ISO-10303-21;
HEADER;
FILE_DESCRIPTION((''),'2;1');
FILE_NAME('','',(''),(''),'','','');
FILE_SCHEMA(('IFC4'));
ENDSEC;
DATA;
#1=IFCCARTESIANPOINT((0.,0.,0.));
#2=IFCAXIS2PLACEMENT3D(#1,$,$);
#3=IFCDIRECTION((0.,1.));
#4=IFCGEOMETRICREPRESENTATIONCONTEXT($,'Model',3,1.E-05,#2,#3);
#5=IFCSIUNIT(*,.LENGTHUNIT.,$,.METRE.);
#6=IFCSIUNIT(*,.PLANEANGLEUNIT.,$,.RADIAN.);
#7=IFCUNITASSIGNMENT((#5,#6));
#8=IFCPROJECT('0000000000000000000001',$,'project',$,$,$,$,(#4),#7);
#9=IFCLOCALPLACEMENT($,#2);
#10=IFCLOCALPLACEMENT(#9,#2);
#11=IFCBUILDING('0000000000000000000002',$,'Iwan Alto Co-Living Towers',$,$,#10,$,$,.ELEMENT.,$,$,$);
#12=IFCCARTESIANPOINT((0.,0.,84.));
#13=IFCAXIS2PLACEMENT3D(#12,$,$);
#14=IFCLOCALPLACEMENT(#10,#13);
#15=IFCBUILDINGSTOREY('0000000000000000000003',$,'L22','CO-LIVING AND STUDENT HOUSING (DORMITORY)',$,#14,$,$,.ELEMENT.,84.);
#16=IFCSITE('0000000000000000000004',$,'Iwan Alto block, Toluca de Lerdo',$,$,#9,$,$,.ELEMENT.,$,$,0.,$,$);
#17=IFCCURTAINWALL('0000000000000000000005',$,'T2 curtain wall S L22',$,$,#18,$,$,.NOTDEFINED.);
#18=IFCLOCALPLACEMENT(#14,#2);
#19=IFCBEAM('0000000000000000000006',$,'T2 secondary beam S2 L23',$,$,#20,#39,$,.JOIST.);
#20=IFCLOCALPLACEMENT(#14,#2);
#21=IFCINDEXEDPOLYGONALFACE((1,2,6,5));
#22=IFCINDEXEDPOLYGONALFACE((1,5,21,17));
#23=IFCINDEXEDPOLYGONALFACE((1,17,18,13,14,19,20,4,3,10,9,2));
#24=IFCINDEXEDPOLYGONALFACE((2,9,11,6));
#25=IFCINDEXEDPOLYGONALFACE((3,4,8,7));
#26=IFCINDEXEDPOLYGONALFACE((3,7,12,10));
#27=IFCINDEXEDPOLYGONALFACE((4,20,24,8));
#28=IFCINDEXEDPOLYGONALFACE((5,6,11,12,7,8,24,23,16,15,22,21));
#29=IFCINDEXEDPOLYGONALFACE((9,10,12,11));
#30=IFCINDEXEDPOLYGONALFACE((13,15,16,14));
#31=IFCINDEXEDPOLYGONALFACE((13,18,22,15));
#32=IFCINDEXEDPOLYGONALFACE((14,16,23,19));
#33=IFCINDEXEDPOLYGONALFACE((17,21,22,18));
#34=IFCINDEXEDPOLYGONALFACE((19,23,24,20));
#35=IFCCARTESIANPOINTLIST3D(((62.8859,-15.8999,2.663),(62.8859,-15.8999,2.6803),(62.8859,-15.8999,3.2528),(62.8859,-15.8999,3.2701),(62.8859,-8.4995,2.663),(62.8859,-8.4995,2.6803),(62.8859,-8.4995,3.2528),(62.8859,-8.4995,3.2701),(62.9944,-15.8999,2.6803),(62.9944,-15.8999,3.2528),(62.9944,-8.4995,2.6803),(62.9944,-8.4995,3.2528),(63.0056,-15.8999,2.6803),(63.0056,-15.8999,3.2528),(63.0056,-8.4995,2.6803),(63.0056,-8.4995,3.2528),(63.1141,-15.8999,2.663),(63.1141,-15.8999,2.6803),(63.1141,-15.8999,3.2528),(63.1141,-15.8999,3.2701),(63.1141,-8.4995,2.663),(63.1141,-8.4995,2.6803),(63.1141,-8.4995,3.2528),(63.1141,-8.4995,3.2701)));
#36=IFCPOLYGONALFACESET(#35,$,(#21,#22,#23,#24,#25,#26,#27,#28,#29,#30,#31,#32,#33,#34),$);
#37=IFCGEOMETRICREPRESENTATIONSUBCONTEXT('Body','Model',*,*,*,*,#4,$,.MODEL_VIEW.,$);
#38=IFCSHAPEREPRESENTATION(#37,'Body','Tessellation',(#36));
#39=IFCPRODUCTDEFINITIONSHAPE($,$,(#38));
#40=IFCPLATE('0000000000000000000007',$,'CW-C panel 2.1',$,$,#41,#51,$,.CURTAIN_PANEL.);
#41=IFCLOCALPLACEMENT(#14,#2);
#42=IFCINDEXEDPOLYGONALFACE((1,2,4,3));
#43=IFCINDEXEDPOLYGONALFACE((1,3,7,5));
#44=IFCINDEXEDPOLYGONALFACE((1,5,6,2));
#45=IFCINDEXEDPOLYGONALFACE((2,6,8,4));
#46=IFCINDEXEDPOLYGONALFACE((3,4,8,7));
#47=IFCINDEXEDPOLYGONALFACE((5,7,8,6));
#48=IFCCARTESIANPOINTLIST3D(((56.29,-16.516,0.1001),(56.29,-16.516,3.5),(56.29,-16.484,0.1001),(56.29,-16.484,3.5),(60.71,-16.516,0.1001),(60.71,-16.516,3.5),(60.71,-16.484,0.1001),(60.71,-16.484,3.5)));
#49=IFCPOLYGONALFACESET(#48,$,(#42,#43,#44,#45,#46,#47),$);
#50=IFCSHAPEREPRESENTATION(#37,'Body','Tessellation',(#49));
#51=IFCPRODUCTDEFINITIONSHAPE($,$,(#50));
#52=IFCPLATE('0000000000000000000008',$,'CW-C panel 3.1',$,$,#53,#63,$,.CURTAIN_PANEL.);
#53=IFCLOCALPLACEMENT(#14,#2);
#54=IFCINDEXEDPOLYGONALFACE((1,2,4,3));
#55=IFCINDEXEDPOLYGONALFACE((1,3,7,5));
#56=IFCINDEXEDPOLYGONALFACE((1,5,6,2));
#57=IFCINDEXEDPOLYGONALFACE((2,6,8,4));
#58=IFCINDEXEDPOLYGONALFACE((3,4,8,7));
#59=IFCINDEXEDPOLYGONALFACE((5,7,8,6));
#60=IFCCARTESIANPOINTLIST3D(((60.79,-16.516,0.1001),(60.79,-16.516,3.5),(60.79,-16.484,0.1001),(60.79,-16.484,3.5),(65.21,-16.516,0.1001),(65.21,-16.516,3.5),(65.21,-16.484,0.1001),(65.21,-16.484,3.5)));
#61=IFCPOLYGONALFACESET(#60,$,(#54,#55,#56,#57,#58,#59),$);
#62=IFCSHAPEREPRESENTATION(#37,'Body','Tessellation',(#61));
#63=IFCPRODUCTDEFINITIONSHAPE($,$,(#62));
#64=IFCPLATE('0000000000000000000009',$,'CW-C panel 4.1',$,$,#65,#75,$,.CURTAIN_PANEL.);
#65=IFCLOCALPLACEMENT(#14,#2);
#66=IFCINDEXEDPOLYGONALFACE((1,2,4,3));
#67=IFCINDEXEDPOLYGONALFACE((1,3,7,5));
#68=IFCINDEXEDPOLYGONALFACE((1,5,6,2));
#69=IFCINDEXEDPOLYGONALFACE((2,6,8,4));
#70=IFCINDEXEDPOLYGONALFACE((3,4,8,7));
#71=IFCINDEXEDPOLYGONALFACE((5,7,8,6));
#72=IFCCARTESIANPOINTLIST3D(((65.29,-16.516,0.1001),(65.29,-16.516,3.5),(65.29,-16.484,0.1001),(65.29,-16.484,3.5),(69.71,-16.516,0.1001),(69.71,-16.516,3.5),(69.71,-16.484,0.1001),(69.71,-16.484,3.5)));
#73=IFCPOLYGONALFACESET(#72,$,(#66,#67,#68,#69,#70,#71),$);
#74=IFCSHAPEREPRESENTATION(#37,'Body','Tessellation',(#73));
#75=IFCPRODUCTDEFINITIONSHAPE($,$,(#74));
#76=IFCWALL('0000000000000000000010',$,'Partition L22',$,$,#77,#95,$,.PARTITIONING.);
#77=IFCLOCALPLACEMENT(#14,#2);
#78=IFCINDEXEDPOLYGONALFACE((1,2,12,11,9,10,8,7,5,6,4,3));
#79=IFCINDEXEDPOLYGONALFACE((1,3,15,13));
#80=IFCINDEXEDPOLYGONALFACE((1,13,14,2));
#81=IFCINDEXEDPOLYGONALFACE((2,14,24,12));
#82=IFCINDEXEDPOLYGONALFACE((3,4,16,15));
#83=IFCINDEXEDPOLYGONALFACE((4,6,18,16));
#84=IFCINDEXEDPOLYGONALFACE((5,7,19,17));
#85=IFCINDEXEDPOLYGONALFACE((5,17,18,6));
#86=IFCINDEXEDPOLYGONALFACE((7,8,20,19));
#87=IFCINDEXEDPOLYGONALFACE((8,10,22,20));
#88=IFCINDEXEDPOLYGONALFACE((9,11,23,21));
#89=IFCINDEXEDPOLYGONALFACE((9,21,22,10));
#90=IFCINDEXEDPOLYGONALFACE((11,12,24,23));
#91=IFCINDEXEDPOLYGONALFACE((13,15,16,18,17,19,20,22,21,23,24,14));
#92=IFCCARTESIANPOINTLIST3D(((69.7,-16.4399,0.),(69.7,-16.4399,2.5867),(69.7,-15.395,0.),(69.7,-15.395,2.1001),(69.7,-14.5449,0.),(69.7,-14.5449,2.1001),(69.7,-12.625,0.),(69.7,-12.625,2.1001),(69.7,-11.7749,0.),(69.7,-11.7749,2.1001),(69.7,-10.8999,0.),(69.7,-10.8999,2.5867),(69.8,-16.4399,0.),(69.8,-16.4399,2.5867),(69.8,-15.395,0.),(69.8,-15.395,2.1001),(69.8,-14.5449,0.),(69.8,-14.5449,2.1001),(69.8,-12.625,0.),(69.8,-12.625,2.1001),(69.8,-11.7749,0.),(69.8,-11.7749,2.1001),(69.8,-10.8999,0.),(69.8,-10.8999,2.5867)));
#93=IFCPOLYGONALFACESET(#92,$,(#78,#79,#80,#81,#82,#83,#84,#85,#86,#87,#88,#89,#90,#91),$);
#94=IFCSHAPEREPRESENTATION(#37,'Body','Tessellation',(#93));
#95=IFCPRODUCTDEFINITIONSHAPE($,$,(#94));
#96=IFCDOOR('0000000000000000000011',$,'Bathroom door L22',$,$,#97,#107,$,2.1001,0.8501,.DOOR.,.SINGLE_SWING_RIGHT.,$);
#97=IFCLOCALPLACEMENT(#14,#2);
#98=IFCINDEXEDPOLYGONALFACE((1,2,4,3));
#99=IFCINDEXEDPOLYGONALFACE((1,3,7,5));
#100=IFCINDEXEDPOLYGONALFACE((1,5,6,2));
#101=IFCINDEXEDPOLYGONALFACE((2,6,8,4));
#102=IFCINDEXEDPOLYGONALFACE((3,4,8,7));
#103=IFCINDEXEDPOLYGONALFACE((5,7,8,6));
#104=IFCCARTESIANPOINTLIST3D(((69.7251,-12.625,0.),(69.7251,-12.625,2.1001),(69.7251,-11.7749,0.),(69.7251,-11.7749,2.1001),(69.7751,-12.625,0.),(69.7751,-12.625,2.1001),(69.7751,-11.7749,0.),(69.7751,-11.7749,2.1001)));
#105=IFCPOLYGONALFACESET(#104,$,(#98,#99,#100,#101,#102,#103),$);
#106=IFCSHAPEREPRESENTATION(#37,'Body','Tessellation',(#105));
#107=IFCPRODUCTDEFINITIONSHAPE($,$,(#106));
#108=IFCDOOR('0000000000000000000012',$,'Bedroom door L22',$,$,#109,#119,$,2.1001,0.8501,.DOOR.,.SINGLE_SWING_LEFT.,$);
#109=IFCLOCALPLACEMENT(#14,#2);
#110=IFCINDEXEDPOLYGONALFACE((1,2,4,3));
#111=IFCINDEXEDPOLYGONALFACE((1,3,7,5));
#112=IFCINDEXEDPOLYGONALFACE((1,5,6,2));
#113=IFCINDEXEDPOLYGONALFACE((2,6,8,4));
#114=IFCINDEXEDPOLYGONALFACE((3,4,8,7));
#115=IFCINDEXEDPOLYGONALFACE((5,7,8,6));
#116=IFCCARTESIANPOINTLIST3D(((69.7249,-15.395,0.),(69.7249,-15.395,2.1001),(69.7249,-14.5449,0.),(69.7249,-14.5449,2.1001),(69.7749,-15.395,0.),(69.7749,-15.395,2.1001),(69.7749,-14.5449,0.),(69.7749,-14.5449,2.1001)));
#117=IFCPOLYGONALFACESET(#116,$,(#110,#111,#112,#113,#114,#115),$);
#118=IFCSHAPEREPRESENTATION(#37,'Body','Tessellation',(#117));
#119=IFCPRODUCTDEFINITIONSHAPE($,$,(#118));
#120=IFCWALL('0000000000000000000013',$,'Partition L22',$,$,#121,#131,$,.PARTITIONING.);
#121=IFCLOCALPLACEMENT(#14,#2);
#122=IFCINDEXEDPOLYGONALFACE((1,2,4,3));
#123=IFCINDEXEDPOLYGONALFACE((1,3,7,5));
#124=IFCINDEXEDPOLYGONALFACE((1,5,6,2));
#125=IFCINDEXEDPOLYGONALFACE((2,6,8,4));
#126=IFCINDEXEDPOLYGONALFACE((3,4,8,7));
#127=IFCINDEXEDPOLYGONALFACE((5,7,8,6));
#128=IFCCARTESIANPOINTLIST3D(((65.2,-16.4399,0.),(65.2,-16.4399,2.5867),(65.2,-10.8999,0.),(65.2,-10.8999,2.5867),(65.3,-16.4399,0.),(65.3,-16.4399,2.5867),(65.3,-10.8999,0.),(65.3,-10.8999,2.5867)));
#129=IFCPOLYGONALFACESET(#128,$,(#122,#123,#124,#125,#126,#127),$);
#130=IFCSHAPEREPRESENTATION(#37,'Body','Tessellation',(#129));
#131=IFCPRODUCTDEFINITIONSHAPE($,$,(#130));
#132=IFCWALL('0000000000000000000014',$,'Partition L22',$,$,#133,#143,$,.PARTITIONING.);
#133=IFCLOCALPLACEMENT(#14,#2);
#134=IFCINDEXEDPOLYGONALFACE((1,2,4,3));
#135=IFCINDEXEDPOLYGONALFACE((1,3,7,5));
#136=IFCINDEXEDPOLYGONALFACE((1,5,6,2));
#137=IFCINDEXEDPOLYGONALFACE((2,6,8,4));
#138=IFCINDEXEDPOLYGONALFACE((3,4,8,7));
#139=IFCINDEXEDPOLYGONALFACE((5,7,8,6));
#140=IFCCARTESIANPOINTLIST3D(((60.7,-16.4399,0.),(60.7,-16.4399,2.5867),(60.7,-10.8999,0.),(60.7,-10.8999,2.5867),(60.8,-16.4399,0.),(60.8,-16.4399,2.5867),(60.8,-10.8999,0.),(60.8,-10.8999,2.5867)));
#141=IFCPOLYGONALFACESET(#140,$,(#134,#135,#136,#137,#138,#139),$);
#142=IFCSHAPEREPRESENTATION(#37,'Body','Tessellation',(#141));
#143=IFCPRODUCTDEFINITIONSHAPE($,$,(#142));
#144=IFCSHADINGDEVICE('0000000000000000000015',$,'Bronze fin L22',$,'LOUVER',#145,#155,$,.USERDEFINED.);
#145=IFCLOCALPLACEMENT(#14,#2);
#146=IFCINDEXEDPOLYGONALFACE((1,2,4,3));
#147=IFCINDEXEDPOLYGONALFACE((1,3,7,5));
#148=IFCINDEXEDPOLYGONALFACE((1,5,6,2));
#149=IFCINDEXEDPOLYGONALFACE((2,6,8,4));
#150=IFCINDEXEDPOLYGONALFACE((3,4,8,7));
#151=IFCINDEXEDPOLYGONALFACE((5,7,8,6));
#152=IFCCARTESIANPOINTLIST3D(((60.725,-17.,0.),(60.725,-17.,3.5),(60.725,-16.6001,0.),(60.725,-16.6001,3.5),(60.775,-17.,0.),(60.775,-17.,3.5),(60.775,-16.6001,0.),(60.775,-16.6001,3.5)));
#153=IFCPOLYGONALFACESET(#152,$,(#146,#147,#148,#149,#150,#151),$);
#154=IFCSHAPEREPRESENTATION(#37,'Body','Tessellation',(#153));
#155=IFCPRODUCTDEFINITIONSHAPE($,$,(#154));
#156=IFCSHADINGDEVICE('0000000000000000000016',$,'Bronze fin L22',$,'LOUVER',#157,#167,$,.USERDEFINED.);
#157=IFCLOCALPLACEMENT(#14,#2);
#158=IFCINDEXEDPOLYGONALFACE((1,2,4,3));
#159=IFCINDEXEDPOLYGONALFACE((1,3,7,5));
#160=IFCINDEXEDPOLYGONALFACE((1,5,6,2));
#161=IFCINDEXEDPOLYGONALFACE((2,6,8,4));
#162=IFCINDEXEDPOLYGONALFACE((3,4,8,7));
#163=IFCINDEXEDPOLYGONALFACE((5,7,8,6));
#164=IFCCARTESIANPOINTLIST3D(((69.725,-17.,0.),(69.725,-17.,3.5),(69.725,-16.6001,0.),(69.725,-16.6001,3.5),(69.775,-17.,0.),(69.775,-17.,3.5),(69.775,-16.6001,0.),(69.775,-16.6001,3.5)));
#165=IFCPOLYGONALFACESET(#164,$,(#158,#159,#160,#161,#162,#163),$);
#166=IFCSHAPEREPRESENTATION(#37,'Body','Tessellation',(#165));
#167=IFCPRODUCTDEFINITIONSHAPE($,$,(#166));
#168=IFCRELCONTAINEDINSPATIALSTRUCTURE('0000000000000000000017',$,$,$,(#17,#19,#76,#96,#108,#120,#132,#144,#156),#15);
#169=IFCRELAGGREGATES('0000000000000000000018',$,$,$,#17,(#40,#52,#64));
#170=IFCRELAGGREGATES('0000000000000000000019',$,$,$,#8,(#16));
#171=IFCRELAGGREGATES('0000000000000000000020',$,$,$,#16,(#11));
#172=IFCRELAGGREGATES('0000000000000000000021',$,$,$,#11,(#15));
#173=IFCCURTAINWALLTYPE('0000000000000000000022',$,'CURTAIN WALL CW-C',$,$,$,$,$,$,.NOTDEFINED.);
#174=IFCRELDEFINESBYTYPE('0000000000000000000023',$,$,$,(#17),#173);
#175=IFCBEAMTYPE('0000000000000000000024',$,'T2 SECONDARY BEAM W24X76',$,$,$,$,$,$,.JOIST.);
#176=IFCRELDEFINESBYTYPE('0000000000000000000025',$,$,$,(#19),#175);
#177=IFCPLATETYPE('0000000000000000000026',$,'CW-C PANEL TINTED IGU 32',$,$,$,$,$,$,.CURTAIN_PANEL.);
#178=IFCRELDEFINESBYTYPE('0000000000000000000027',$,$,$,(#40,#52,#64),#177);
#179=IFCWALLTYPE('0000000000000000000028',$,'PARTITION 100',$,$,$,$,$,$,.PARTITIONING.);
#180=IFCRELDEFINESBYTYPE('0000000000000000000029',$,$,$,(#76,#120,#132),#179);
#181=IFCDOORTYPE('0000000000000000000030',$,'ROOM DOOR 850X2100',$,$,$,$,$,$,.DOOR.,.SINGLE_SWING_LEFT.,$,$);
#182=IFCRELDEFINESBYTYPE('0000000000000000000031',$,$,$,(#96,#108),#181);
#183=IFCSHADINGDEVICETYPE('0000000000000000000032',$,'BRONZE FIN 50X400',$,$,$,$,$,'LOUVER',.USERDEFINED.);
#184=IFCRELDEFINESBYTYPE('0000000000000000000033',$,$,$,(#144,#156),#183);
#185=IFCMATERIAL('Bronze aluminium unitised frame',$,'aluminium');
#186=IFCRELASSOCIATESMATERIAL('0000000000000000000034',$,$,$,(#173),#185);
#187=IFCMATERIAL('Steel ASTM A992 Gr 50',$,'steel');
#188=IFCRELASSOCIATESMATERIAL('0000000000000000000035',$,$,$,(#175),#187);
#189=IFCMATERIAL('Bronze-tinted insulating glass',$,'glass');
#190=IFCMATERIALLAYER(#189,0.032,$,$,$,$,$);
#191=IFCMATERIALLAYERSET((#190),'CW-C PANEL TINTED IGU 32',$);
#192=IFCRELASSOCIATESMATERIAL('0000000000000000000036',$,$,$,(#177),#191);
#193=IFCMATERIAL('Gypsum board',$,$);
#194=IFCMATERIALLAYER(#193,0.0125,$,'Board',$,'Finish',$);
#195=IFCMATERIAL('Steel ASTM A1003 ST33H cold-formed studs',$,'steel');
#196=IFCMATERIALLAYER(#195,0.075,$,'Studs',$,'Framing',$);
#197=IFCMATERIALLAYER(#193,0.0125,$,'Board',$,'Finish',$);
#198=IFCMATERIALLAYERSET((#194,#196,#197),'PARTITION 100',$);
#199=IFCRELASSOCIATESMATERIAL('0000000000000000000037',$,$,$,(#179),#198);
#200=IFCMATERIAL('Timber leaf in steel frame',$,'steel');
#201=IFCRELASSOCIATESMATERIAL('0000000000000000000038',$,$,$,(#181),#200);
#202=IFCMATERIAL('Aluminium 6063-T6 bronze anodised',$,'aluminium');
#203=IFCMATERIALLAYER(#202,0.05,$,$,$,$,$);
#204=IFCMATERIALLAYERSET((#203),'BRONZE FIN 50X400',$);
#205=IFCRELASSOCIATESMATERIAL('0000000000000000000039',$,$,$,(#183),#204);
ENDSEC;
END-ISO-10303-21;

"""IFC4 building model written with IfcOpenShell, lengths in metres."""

from ifc_helpers import new_model, si_unit, direction, frame, frame_2d, origin, origin_2d, place, context, subcontext, project, spatial, rectangle, i_section, extrude, material, layer, layer_set, material_profile, profile_set, type_object, element, fill, aggregate, save


model = new_model("IFC4")

# Units and contexts
model_context = context("Model", 3, precision=1e-05, world=origin(), true_north=direction((0.0, 1.0)))
body_context = subcontext(model_context, "Body", "Model", "MODEL_VIEW")
ifc_project = project(units=[si_unit("LENGTHUNIT", "METRE"), si_unit("PLANEANGLEUNIT", "RADIAN")], contexts=[model_context])

# Site, building, storey
site_placement = place(None, origin())
site = spatial("IfcSite", under=ifc_project, at=site_placement, Name="Iwan Alto block, Toluca de Lerdo", CompositionType="ELEMENT", RefElevation=0.0)
building_placement = place(site_placement, origin())
building = spatial("IfcBuilding", under=site, at=building_placement, Name="Iwan Alto Co-Living Towers", CompositionType="ELEMENT")
storey_placement = place(building_placement, frame((0.0, 0.0, 84.0)))
storey = spatial("IfcBuildingStorey", under=building, at=storey_placement, Name="L22", Description="CO-LIVING AND STUDENT HOUSING (DORMITORY)", CompositionType="ELEMENT", Elevation=84.0)

# Curtain wall
ifc_material_1 = material(Name="Bronze aluminium unitised frame", Category="aluminium")
curtain_wall_type = type_object("IfcCurtainWallType", Name="CURTAIN WALL CW-C", PredefinedType="NOTDEFINED", material=ifc_material_1)
curtain_wall_placement = place(storey_placement, origin())
curtain_wall = element("IfcCurtainWall", 1, at=curtain_wall_placement, inside=storey, type_object=curtain_wall_type, Name="T2 curtain wall S L22", PredefinedType="NOTDEFINED")

# Beam
ifc_material_2 = material(Name="Steel ASTM A992 Gr 50", Category="steel")
ifc_material_profile_1 = material_profile(ifc_material_2, i_section(OverallWidth=0.2283, OverallDepth=0.6072, WebThickness=0.0112, FlangeThickness=0.0173, at=origin_2d()), Name="W24X76")
ifc_profile_set_1 = profile_set([ifc_material_profile_1], Name="Steel ASTM A992 Gr 50")
beam_type_1 = type_object("IfcBeamType", Name="T2 SECONDARY BEAM W24X76", PredefinedType="JOIST", material=ifc_profile_set_1)
beam_1_placement = place(storey_placement, frame((63.0, -15.8999, 2.9666), z_axis=(0.0, 1.0, 0.0), x_axis=(-1.0, 0.0, 0.0)))
element("IfcBeam", 2, at=beam_1_placement, inside=storey, type_object=beam_type_1, Name="T2 secondary beam S2 L23", PredefinedType="JOIST", context=body_context, shape_type="SweptSolid", body=[
    extrude(i_section(OverallWidth=0.2283, OverallDepth=0.6072, WebThickness=0.0112, FlangeThickness=0.0173, at=origin_2d()), origin(), (0.0, 0.0, 1.0), 7.4004),
])

# Plates
ifc_material_3 = material(Name="Bronze-tinted insulating glass", Category="glass")
ifc_layer_1 = layer(ifc_material_3, 0.032)
ifc_layer_set_1 = layer_set([ifc_layer_1], Name="CW-C PANEL TINTED IGU 32")
plate_type = type_object("IfcPlateType", Name="CW-C PANEL TINTED IGU 32", PredefinedType="CURTAIN_PANEL", material=ifc_layer_set_1)
plate_1_placement = place(storey_placement, frame((58.5, -16.5, 0.1001), z_axis=(0.0, 0.0, 1.0), x_axis=(1.0, 0.0, 0.0)))
plate_1 = element("IfcPlate", 3, at=plate_1_placement, type_object=plate_type, Name="CW-C panel 2.1", PredefinedType="CURTAIN_PANEL", context=body_context, shape_type="SweptSolid", body=[
    extrude(rectangle(XDim=4.4199, YDim=0.032, at=origin_2d()), origin(), (0.0, 0.0, 1.0), 3.3999),
])
plate_2_placement = place(storey_placement, frame((63.0, -16.5, 0.1001), z_axis=(0.0, 0.0, 1.0), x_axis=(1.0, 0.0, 0.0)))
plate_2 = element("IfcPlate", 4, at=plate_2_placement, type_object=plate_type, Name="CW-C panel 3.1", PredefinedType="CURTAIN_PANEL", context=body_context, shape_type="SweptSolid", body=[
    extrude(rectangle(XDim=4.4199, YDim=0.032, at=origin_2d()), origin(), (0.0, 0.0, 1.0), 3.3999),
])
plate_3_placement = place(storey_placement, frame((67.5, -16.5, 0.1001), z_axis=(0.0, 0.0, 1.0), x_axis=(1.0, 0.0, 0.0)))
plate_3 = element("IfcPlate", 5, at=plate_3_placement, type_object=plate_type, Name="CW-C panel 4.1", PredefinedType="CURTAIN_PANEL", context=body_context, shape_type="SweptSolid", body=[
    extrude(rectangle(XDim=4.4199, YDim=0.032, at=origin_2d()), origin(), (0.0, 0.0, 1.0), 3.3999),
])
aggregate(curtain_wall, [plate_1, plate_2, plate_3])

# Wall, openings, doors
ifc_material_4 = material(Name="Gypsum board")
ifc_layer_2 = layer(ifc_material_4, 0.0125, Name="Board", Category="Finish")
ifc_material_5 = material(Name="Steel ASTM A1003 ST33H cold-formed studs", Category="steel")
ifc_layer_3 = layer(ifc_material_5, 0.075, Name="Studs", Category="Framing")
ifc_layer_4 = layer(ifc_material_4, 0.0125, Name="Board", Category="Finish")
ifc_layer_set_2 = layer_set([ifc_layer_2, ifc_layer_3, ifc_layer_4], Name="PARTITION 100")
wall_type = type_object("IfcWallType", Name="PARTITION 100", PredefinedType="PARTITIONING", material=ifc_layer_set_2)
wall_placement = place(storey_placement, frame((69.75, -16.4399, 0.0), z_axis=(0.0, 0.0, 1.0), x_axis=(0.0, 1.0, 0.0)))
wall = element("IfcWall", 6, at=wall_placement, inside=storey, type_object=wall_type, Name="Partition L22", PredefinedType="PARTITIONING", context=body_context, shape_type="SweptSolid", body=[
    extrude(rectangle(XDim=5.54, YDim=0.1001, at=frame_2d((2.77, 0.0))), origin(), (0.0, 0.0, 1.0), 2.5867),
])
opening_1_placement = place(wall_placement, frame((3.8149, 0.0, 0.0)))
opening_1 = element("IfcOpeningElement", 7, at=opening_1_placement, cuts=wall, PredefinedType="OPENING", context=body_context, shape_type="SweptSolid", body=[
    extrude(rectangle(XDim=0.8501, YDim=2.1001, at=frame_2d((0.425, 1.05))), frame((0.0, 0.0601, 0.0), z_axis=(0.0, -1.0, 0.0), x_axis=(1.0, 0.0, 0.0)), (0.0, 0.0, 1.0), 0.1201),
])
opening_2_placement = place(wall_placement, frame((1.0449, 0.0, 0.0)))
opening_2 = element("IfcOpeningElement", 8, at=opening_2_placement, cuts=wall, PredefinedType="OPENING", context=body_context, shape_type="SweptSolid", body=[
    extrude(rectangle(XDim=0.8501, YDim=2.1001, at=frame_2d((0.425, 1.05))), frame((0.0, 0.0601, 0.0), z_axis=(0.0, -1.0, 0.0), x_axis=(1.0, 0.0, 0.0)), (0.0, 0.0, 1.0), 0.1201),
])
ifc_material_6 = material(Name="Timber leaf in steel frame", Category="steel")
door_type = type_object("IfcDoorType", Name="ROOM DOOR 850X2100", OperationType="SINGLE_SWING_LEFT", PredefinedType="DOOR", material=ifc_material_6)
door_1_placement = place(opening_1_placement, origin())
door_1 = element("IfcDoor", 9, at=door_1_placement, inside=storey, type_object=door_type, Name="Bathroom door L22", OperationType="SINGLE_SWING_RIGHT", OverallHeight=2.1001, OverallWidth=0.8501, PredefinedType="DOOR", context=body_context, shape_type="SweptSolid", body=[
    extrude(rectangle(XDim=0.8501, YDim=2.1001, at=frame_2d((0.425, 1.05))), frame((0.0, 0.0249, 0.0), z_axis=(0.0, -1.0, 0.0), x_axis=(1.0, 0.0, 0.0)), (0.0, 0.0, 1.0), 0.05),
])
fill(opening_1, door_1)
door_2_placement = place(opening_2_placement, frame((0.8501, 0.0, 0.0), z_axis=(0.0, 0.0, 1.0), x_axis=(-1.0, 0.0, 0.0)))
door_2 = element("IfcDoor", 10, at=door_2_placement, inside=storey, type_object=door_type, Name="Bedroom door L22", OperationType="SINGLE_SWING_LEFT", OverallHeight=2.1001, OverallWidth=0.8501, PredefinedType="DOOR", context=body_context, shape_type="SweptSolid", body=[
    extrude(rectangle(XDim=0.8501, YDim=2.1001, at=frame_2d((0.425, 1.05))), frame((0.0, 0.0249, 0.0), z_axis=(0.0, -1.0, 0.0), x_axis=(1.0, 0.0, 0.0)), (0.0, 0.0, 1.0), 0.05),
])
fill(opening_2, door_2)

# Walls
for number, where, z_axis, x_axis, name in (
    (11, (65.25, -16.4399, 0.0), (0.0, 0.0, 1.0), (0.0, 1.0, 0.0), "Partition L22"),
    (12, (60.75, -16.4399, 0.0), (0.0, 0.0, 1.0), (0.0, 1.0, 0.0), "Partition L22"),
):
    element("IfcWall", number, at=place(storey_placement, frame(where, z_axis=z_axis, x_axis=x_axis)), inside=storey, type_object=wall_type, Name=name, PredefinedType="PARTITIONING", context=body_context, shape_type="SweptSolid", body=[
        extrude(rectangle(XDim=5.54, YDim=0.1001, at=frame_2d((2.77, 0.0))), origin(), (0.0, 0.0, 1.0), 2.5867),
    ])

# Shading devices
ifc_material_7 = material(Name="Aluminium 6063-T6 bronze anodised", Category="aluminium")
ifc_layer_5 = layer(ifc_material_7, 0.05)
ifc_layer_set_3 = layer_set([ifc_layer_5], Name="BRONZE FIN 50X400")
shading_device_type = type_object("IfcShadingDeviceType", Name="BRONZE FIN 50X400", ElementType="LOUVER", PredefinedType="USERDEFINED", material=ifc_layer_set_3)
for number, where, z_axis, x_axis, name in (
    (13, (60.75, -16.8, 0.0), (0.0, 0.0, 1.0), (1.0, 0.0, 0.0), "Bronze fin L22"),
    (14, (69.75, -16.8, 0.0), (0.0, 0.0, 1.0), (1.0, 0.0, 0.0), "Bronze fin L22"),
):
    element("IfcShadingDevice", number, at=place(storey_placement, frame(where, z_axis=z_axis, x_axis=x_axis)), inside=storey, type_object=shading_device_type, Name=name, ObjectType="LOUVER", PredefinedType="USERDEFINED", context=body_context, shape_type="SweptSolid", body=[
        extrude(rectangle(XDim=0.05, YDim=0.3999, at=origin_2d()), origin(), (0.0, 0.0, 1.0), 3.5),
    ])

save(model, "model.ifc")
